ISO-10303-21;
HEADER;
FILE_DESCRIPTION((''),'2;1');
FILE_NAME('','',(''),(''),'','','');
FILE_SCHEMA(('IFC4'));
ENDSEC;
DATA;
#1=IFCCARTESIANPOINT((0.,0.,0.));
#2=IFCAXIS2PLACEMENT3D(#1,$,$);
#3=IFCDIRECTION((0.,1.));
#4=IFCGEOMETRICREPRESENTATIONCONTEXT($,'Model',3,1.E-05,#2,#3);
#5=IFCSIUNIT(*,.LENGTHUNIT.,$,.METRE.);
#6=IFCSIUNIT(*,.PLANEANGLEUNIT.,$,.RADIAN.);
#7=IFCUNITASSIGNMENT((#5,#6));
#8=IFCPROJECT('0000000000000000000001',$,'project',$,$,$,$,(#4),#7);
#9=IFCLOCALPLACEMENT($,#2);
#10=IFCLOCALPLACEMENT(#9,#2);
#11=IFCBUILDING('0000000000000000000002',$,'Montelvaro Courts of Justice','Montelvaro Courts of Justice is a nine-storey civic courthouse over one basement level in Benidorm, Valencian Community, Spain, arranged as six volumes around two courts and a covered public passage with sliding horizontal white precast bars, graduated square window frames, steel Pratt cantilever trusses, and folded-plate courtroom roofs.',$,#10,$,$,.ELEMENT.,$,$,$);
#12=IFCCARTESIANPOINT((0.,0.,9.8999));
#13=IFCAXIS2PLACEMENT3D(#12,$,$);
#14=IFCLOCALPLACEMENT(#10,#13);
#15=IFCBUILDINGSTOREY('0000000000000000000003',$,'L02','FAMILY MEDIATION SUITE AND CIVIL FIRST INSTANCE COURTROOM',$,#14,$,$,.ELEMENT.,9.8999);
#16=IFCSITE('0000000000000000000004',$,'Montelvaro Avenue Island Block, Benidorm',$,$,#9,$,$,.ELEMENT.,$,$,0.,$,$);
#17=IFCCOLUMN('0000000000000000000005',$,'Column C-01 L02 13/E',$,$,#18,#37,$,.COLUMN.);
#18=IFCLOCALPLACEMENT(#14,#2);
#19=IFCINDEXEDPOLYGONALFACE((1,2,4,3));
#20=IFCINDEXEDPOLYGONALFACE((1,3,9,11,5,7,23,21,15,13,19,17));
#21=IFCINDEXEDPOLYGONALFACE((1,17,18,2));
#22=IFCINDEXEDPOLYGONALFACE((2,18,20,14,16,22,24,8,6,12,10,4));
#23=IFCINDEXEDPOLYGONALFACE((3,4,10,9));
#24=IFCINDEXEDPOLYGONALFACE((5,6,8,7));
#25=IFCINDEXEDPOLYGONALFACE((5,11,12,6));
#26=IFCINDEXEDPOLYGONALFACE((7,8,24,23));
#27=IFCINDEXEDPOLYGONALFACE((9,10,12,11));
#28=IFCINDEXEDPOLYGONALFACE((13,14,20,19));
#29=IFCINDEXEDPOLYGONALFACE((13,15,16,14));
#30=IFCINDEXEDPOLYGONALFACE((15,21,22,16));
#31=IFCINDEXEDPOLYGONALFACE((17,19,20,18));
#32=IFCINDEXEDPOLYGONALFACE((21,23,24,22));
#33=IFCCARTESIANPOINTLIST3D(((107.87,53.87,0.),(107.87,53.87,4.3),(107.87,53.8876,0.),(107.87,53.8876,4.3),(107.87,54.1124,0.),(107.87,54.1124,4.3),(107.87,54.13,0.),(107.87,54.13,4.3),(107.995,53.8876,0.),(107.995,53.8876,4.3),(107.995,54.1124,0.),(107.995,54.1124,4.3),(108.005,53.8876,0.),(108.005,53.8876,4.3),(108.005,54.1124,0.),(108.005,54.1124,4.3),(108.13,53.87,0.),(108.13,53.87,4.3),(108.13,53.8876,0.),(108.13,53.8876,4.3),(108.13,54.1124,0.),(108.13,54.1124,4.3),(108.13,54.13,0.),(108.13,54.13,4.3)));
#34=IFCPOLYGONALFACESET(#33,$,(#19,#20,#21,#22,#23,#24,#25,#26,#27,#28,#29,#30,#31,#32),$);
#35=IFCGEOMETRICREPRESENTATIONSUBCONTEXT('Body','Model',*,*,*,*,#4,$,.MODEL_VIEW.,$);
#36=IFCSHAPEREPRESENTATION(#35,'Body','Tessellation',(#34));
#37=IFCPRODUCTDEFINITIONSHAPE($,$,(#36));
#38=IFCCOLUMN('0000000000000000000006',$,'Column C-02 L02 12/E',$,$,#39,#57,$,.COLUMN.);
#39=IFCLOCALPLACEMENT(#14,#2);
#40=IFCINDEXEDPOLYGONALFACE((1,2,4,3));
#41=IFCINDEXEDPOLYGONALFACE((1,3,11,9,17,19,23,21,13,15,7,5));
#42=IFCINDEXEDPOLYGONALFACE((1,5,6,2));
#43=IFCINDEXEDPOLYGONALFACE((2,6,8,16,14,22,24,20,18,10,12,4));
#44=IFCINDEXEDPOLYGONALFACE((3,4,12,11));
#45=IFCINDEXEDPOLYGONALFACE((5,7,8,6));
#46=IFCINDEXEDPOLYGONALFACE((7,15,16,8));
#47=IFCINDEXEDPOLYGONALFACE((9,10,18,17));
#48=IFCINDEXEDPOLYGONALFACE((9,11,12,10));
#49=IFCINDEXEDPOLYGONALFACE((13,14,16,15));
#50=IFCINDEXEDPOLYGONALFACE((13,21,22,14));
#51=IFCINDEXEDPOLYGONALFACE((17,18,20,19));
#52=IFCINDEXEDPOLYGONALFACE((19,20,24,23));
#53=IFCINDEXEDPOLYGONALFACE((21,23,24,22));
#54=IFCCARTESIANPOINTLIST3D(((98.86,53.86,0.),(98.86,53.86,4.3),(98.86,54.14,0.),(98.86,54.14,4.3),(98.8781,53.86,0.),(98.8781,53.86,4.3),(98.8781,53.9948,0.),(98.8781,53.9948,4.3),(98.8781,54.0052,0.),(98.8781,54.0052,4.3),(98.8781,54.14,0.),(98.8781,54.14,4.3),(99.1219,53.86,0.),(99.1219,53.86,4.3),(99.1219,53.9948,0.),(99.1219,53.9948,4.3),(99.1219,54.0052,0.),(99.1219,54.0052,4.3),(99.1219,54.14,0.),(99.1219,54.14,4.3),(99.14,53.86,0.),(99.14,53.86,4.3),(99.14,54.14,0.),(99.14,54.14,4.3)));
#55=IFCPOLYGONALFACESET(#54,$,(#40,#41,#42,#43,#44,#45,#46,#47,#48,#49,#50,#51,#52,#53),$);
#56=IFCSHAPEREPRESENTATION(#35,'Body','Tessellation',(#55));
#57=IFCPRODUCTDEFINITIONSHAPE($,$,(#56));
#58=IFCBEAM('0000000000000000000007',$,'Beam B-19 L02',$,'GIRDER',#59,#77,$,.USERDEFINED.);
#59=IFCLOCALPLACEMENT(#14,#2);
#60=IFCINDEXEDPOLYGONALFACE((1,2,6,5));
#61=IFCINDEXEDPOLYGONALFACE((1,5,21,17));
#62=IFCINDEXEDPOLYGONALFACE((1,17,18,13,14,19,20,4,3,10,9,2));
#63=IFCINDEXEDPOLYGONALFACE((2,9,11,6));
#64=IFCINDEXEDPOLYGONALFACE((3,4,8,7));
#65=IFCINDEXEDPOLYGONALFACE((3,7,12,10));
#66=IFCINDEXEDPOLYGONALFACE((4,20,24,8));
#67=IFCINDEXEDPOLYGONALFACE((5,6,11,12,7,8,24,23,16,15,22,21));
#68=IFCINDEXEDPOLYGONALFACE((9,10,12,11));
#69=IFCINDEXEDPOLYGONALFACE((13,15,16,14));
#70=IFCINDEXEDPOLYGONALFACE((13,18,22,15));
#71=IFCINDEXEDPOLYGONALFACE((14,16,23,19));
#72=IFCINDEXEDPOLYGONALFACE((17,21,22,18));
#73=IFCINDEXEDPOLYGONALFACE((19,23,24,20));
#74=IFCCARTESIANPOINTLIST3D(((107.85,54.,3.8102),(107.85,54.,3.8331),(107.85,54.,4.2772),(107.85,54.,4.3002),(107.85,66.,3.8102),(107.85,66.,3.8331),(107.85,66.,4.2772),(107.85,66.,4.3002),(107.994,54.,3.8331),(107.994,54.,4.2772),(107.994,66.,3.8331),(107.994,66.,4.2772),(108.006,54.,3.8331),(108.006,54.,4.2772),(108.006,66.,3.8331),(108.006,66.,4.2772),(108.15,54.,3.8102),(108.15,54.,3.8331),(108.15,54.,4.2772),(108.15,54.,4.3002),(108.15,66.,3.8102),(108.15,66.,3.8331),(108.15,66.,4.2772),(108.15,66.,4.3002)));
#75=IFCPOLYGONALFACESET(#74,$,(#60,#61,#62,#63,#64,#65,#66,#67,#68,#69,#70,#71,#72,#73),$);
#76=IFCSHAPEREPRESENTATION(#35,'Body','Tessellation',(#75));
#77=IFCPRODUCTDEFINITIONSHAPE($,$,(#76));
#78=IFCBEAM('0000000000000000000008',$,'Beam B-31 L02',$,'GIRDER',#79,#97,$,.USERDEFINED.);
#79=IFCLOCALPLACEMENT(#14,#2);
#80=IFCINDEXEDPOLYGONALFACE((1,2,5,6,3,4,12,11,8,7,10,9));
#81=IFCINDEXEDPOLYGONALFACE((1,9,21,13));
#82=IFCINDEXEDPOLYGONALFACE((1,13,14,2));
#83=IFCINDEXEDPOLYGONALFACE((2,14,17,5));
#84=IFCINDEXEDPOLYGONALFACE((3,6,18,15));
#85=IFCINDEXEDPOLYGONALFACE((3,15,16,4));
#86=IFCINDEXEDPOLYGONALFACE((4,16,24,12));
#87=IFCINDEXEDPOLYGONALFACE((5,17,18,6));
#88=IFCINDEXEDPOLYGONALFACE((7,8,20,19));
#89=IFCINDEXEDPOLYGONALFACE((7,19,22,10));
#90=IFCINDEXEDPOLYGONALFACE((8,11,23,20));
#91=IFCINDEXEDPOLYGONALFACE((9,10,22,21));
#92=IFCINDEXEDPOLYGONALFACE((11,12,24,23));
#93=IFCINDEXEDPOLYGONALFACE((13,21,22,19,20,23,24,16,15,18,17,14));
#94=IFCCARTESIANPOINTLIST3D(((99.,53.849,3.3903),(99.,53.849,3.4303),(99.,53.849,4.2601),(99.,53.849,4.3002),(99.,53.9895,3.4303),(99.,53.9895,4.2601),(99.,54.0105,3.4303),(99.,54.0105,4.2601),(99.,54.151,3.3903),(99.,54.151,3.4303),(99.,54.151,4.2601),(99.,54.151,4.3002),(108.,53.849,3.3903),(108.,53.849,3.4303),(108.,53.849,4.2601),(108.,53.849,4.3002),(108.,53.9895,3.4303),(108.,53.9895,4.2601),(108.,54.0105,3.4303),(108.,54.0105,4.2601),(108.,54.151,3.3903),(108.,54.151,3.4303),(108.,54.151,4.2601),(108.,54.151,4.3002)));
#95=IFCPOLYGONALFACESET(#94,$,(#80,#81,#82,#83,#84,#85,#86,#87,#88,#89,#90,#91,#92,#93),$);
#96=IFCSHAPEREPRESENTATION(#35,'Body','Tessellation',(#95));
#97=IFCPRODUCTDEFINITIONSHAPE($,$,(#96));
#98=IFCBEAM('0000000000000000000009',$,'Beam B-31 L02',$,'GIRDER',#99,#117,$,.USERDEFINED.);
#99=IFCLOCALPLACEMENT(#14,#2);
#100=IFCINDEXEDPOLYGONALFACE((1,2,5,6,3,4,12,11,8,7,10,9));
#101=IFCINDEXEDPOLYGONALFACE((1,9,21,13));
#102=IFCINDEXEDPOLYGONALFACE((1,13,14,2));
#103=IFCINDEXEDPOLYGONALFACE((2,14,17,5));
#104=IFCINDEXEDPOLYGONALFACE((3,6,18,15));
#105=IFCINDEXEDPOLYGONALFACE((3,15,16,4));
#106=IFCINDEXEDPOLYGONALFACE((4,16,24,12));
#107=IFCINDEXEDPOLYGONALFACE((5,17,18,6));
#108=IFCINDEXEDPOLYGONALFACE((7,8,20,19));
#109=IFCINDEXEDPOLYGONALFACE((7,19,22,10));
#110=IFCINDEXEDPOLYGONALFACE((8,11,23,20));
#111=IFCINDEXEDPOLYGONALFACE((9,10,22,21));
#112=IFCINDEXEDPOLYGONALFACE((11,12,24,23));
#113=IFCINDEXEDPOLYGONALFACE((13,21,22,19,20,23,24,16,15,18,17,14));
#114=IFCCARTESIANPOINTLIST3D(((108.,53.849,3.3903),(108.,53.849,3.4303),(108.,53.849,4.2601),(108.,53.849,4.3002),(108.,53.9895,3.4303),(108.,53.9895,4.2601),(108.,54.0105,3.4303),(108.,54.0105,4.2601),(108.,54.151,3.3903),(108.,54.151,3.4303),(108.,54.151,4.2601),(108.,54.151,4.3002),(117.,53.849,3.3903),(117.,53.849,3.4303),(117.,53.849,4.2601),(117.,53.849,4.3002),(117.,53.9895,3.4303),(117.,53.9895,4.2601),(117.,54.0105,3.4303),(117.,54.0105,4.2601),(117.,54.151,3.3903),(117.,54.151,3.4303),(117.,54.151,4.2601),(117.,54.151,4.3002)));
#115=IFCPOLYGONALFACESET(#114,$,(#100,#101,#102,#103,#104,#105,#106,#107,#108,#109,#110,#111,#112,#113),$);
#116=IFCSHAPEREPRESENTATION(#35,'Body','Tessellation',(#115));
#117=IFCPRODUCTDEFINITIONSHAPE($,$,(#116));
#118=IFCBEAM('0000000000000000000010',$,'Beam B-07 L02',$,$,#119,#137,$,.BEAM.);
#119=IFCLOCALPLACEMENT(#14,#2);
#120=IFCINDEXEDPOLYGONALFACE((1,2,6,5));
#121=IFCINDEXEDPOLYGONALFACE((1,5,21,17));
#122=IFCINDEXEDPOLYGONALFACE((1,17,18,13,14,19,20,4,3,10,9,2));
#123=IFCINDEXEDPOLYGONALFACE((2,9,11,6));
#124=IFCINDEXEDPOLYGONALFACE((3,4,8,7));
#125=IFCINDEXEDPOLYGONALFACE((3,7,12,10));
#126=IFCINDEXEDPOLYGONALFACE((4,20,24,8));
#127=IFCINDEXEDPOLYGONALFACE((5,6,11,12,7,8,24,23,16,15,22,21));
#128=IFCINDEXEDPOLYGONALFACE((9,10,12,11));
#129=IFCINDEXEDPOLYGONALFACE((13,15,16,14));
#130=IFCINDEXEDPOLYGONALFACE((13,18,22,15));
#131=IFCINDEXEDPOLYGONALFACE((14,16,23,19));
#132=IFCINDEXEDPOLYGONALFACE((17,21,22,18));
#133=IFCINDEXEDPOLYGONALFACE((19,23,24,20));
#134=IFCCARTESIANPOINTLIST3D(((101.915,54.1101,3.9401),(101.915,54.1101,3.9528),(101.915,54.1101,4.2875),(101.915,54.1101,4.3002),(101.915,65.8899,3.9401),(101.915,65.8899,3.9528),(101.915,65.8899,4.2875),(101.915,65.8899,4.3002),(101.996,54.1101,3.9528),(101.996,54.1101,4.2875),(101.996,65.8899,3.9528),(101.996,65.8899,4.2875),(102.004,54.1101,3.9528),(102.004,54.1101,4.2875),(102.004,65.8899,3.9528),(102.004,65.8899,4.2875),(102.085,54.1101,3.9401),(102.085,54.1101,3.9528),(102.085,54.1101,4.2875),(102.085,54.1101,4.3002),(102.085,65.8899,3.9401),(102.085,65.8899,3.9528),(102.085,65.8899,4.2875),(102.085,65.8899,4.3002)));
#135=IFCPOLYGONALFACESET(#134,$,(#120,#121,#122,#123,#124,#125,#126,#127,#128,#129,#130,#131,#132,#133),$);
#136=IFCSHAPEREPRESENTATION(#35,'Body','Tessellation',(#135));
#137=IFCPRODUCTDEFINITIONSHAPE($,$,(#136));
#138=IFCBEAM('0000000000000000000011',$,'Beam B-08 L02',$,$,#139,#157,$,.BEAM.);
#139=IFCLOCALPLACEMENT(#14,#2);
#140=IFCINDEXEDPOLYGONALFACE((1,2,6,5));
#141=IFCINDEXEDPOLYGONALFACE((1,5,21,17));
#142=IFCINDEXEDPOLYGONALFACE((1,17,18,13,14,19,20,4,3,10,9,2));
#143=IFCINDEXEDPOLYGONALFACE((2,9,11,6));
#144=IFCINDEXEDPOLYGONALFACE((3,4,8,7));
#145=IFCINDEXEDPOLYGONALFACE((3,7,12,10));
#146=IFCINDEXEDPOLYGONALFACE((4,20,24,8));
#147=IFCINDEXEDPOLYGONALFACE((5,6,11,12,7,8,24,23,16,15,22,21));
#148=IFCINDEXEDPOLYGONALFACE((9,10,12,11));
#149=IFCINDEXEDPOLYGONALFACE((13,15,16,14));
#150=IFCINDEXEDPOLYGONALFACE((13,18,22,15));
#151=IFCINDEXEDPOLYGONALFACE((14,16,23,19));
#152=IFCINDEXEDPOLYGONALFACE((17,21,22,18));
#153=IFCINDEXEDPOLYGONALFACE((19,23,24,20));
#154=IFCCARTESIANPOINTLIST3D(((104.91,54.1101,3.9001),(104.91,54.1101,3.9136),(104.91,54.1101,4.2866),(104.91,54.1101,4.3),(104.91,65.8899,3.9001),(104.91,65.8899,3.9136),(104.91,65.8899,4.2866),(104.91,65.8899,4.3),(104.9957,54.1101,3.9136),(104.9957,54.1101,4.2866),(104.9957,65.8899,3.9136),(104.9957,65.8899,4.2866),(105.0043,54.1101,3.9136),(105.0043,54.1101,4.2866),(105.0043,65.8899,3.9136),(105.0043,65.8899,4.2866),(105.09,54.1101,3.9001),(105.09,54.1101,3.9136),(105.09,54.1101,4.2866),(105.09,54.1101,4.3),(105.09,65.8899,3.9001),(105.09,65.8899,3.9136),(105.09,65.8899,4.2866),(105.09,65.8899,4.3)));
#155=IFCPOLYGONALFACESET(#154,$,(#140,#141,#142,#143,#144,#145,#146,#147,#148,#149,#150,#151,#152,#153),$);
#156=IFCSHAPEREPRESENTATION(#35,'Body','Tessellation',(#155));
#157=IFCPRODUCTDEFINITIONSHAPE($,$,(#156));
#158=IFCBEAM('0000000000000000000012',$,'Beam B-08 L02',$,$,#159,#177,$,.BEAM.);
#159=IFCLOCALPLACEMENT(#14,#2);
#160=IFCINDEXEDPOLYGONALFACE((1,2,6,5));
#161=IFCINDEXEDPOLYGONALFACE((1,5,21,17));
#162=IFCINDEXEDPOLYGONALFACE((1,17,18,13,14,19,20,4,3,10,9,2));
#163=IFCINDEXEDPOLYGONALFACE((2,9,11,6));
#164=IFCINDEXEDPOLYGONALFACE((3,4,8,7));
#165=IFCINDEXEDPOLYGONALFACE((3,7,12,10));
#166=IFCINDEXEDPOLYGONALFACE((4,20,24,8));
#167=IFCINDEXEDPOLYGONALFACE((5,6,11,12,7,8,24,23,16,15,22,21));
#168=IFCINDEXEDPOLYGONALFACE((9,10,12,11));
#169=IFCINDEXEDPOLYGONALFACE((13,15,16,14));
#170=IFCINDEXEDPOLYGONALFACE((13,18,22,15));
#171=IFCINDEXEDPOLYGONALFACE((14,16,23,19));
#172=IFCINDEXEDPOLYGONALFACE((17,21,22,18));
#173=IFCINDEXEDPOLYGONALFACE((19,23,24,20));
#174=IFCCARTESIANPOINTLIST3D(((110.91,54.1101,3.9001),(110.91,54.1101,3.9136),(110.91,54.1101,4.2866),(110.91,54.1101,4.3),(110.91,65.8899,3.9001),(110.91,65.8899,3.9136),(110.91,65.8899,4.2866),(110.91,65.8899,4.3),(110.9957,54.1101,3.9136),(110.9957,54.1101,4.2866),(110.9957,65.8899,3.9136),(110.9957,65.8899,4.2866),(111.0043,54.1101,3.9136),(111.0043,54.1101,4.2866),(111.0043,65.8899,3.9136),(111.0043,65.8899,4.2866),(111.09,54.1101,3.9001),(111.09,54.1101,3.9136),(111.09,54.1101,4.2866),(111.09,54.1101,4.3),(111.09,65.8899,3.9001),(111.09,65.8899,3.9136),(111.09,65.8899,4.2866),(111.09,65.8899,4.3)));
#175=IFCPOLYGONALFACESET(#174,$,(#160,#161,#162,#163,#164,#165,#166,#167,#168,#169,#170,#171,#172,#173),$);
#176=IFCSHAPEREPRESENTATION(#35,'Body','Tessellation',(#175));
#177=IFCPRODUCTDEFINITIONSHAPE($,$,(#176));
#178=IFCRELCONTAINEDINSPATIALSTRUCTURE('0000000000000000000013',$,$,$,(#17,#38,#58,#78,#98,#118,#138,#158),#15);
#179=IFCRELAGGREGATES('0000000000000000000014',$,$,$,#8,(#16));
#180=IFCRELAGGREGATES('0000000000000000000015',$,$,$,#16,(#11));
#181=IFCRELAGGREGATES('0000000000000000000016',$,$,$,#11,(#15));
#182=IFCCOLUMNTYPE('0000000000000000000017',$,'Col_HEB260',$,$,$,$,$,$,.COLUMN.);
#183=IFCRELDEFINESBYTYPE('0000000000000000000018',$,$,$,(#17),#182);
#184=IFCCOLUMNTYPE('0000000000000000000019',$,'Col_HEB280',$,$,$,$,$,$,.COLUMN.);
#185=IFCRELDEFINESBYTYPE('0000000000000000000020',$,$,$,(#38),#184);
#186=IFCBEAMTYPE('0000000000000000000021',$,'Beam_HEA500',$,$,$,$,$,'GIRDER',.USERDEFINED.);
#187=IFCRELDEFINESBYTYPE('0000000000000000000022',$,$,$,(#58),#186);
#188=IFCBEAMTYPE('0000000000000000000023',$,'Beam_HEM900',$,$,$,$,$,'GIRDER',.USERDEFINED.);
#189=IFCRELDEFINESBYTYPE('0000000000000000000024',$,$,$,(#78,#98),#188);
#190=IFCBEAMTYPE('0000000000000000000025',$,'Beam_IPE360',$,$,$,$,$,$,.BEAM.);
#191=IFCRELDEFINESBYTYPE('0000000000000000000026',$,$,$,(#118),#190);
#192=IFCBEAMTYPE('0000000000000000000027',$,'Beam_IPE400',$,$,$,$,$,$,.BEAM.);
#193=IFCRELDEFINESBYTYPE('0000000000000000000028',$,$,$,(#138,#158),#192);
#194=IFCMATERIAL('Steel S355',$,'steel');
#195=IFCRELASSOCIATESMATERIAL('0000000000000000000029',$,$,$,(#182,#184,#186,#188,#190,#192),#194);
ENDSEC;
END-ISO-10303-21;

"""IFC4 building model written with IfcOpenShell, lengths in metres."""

from ifc_helpers import new_model, si_unit, direction, frame, origin, origin_2d, place, context, subcontext, project, spatial, i_section, extrude, material, material_profile, profile_set, type_object, element, save


model = new_model("IFC4")

# Units and contexts
model_context = context("Model", 3, precision=1e-05, world=origin(), true_north=direction((0.0, 1.0)))
body_context = subcontext(model_context, "Body", "Model", "MODEL_VIEW")
ifc_project = project(units=[si_unit("LENGTHUNIT", "METRE"), si_unit("PLANEANGLEUNIT", "RADIAN")], contexts=[model_context])

# Site, building, storey
site_placement = place(None, origin())
site = spatial("IfcSite", under=ifc_project, at=site_placement, Name="Montelvaro Avenue Island Block, Benidorm", CompositionType="ELEMENT", RefElevation=0.0)
building_placement = place(site_placement, origin())
building = spatial("IfcBuilding", under=site, at=building_placement, Name="Montelvaro Courts of Justice", Description="Montelvaro Courts of Justice is a nine-storey civic courthouse over one basement level in Benidorm, Valencian Community, Spain, arranged as six volumes around two courts and a covered public passage with sliding horizontal white precast bars, graduated square window frames, steel Pratt cantilever trusses, and folded-plate courtroom roofs.", CompositionType="ELEMENT")
storey_placement = place(building_placement, frame((0.0, 0.0, 9.8999)))
storey = spatial("IfcBuildingStorey", under=building, at=storey_placement, Name="L02", Description="FAMILY MEDIATION SUITE AND CIVIL FIRST INSTANCE COURTROOM", CompositionType="ELEMENT", Elevation=9.8999)

# Columns
ifc_material_1 = material(Name="Steel S355", Category="steel")
ifc_material_profile_1 = material_profile(ifc_material_1, i_section(OverallWidth=0.26, OverallDepth=0.26, WebThickness=0.01, FlangeThickness=0.0176, at=origin_2d()), Name="HEB 260")
ifc_profile_set_1 = profile_set([ifc_material_profile_1], Name="Steel S355")
column_type_1 = type_object("IfcColumnType", Name="Col_HEB260", PredefinedType="COLUMN", material=ifc_profile_set_1)
column_1_placement = place(storey_placement, frame((108.0, 54.0, 0.0), z_axis=(0.0, 0.0, 1.0), x_axis=(1.0, 0.0, 0.0)))
element("IfcColumn", 1, at=column_1_placement, inside=storey, type_object=column_type_1, Name="Column C-01 L02 13/E", PredefinedType="COLUMN", context=body_context, shape_type="SweptSolid", body=[
    extrude(i_section(OverallWidth=0.26, OverallDepth=0.26, WebThickness=0.01, FlangeThickness=0.0176, at=origin_2d()), origin(), (0.0, 0.0, 1.0), 4.3),
])
ifc_material_profile_2 = material_profile(ifc_material_1, i_section(OverallWidth=0.28, OverallDepth=0.28, WebThickness=0.0105, FlangeThickness=0.0181, at=origin_2d()), Name="HEB 280")
ifc_profile_set_2 = profile_set([ifc_material_profile_2], Name="Steel S355")
column_type_2 = type_object("IfcColumnType", Name="Col_HEB280", PredefinedType="COLUMN", material=ifc_profile_set_2)
column_2_placement = place(storey_placement, frame((99.0, 54.0, 0.0), z_axis=(0.0, 0.0, 1.0), x_axis=(0.0, 1.0, 0.0)))
element("IfcColumn", 2, at=column_2_placement, inside=storey, type_object=column_type_2, Name="Column C-02 L02 12/E", PredefinedType="COLUMN", context=body_context, shape_type="SweptSolid", body=[
    extrude(i_section(OverallWidth=0.28, OverallDepth=0.28, WebThickness=0.0105, FlangeThickness=0.0181, at=origin_2d()), origin(), (0.0, 0.0, 1.0), 4.3),
])

# Beams
ifc_material_profile_3 = material_profile(ifc_material_1, i_section(OverallWidth=0.3, OverallDepth=0.49, WebThickness=0.012, FlangeThickness=0.0229, at=origin_2d()), Name="HEA 500")
ifc_profile_set_3 = profile_set([ifc_material_profile_3], Name="Steel S355")
beam_type_1 = type_object("IfcBeamType", Name="Beam_HEA500", ElementType="GIRDER", PredefinedType="USERDEFINED", material=ifc_profile_set_3)
beam_1_placement = place(storey_placement, frame((108.0, 54.0, 4.0552), z_axis=(0.0, 1.0, 0.0), x_axis=(-1.0, 0.0, 0.0)))
element("IfcBeam", 3, at=beam_1_placement, inside=storey, type_object=beam_type_1, Name="Beam B-19 L02", ObjectType="GIRDER", PredefinedType="USERDEFINED", context=body_context, shape_type="SweptSolid", body=[
    extrude(i_section(OverallWidth=0.3, OverallDepth=0.49, WebThickness=0.012, FlangeThickness=0.0229, at=origin_2d()), origin(), (0.0, 0.0, 1.0), 12.0),
])
ifc_material_profile_4 = material_profile(ifc_material_1, i_section(OverallWidth=0.302, OverallDepth=0.9099, WebThickness=0.021, FlangeThickness=0.04, at=origin_2d()), Name="HEM 900")
ifc_profile_set_4 = profile_set([ifc_material_profile_4], Name="Steel S355")
beam_type_2 = type_object("IfcBeamType", Name="Beam_HEM900", ElementType="GIRDER", PredefinedType="USERDEFINED", material=ifc_profile_set_4)
for number, where, z_axis, x_axis, name in (
    (4, (99.0, 54.0, 3.8452), (1.0, 0.0, 0.0), (0.0, 1.0, 0.0), "Beam B-31 L02"),
    (5, (108.0, 54.0, 3.8452), (1.0, 0.0, 0.0), (0.0, 1.0, 0.0), "Beam B-31 L02"),
):
    element("IfcBeam", number, at=place(storey_placement, frame(where, z_axis=z_axis, x_axis=x_axis)), inside=storey, type_object=beam_type_2, Name=name, ObjectType="GIRDER", PredefinedType="USERDEFINED", context=body_context, shape_type="SweptSolid", body=[
        extrude(i_section(OverallWidth=0.302, OverallDepth=0.9099, WebThickness=0.021, FlangeThickness=0.04, at=origin_2d()), origin(), (0.0, 0.0, 1.0), 9.0),
    ])
ifc_material_profile_5 = material_profile(ifc_material_1, i_section(OverallWidth=0.1699, OverallDepth=0.3601, WebThickness=0.0081, FlangeThickness=0.0127, at=origin_2d()), Name="IPE 360")
ifc_profile_set_5 = profile_set([ifc_material_profile_5], Name="Steel S355")
beam_type_3 = type_object("IfcBeamType", Name="Beam_IPE360", PredefinedType="BEAM", material=ifc_profile_set_5)
beam_2_placement = place(storey_placement, frame((102.0, 54.1101, 4.1201), z_axis=(0.0, 1.0, 0.0), x_axis=(-1.0, 0.0, 0.0)))
element("IfcBeam", 6, at=beam_2_placement, inside=storey, type_object=beam_type_3, Name="Beam B-07 L02", PredefinedType="BEAM", context=body_context, shape_type="SweptSolid", body=[
    extrude(i_section(OverallWidth=0.1699, OverallDepth=0.3601, WebThickness=0.0081, FlangeThickness=0.0127, at=origin_2d()), origin(), (0.0, 0.0, 1.0), 11.7798),
])
ifc_material_profile_6 = material_profile(ifc_material_1, i_section(OverallWidth=0.1799, OverallDepth=0.3999, WebThickness=0.0085, FlangeThickness=0.0134, at=origin_2d()), Name="IPE 400")
ifc_profile_set_6 = profile_set([ifc_material_profile_6], Name="Steel S355")
beam_type_4 = type_object("IfcBeamType", Name="Beam_IPE400", PredefinedType="BEAM", material=ifc_profile_set_6)
for number, where, z_axis, x_axis, name in (
    (7, (105.0, 54.1101, 4.1001), (0.0, 1.0, 0.0), (-1.0, 0.0, 0.0), "Beam B-08 L02"),
    (8, (111.0, 54.1101, 4.1001), (0.0, 1.0, 0.0), (-1.0, 0.0, 0.0), "Beam B-08 L02"),
):
    element("IfcBeam", number, at=place(storey_placement, frame(where, z_axis=z_axis, x_axis=x_axis)), inside=storey, type_object=beam_type_4, Name=name, PredefinedType="BEAM", context=body_context, shape_type="SweptSolid", body=[
        extrude(i_section(OverallWidth=0.1799, OverallDepth=0.3999, WebThickness=0.0085, FlangeThickness=0.0134, at=origin_2d()), origin(), (0.0, 0.0, 1.0), 11.7798),
    ])

save(model, "model.ifc")
